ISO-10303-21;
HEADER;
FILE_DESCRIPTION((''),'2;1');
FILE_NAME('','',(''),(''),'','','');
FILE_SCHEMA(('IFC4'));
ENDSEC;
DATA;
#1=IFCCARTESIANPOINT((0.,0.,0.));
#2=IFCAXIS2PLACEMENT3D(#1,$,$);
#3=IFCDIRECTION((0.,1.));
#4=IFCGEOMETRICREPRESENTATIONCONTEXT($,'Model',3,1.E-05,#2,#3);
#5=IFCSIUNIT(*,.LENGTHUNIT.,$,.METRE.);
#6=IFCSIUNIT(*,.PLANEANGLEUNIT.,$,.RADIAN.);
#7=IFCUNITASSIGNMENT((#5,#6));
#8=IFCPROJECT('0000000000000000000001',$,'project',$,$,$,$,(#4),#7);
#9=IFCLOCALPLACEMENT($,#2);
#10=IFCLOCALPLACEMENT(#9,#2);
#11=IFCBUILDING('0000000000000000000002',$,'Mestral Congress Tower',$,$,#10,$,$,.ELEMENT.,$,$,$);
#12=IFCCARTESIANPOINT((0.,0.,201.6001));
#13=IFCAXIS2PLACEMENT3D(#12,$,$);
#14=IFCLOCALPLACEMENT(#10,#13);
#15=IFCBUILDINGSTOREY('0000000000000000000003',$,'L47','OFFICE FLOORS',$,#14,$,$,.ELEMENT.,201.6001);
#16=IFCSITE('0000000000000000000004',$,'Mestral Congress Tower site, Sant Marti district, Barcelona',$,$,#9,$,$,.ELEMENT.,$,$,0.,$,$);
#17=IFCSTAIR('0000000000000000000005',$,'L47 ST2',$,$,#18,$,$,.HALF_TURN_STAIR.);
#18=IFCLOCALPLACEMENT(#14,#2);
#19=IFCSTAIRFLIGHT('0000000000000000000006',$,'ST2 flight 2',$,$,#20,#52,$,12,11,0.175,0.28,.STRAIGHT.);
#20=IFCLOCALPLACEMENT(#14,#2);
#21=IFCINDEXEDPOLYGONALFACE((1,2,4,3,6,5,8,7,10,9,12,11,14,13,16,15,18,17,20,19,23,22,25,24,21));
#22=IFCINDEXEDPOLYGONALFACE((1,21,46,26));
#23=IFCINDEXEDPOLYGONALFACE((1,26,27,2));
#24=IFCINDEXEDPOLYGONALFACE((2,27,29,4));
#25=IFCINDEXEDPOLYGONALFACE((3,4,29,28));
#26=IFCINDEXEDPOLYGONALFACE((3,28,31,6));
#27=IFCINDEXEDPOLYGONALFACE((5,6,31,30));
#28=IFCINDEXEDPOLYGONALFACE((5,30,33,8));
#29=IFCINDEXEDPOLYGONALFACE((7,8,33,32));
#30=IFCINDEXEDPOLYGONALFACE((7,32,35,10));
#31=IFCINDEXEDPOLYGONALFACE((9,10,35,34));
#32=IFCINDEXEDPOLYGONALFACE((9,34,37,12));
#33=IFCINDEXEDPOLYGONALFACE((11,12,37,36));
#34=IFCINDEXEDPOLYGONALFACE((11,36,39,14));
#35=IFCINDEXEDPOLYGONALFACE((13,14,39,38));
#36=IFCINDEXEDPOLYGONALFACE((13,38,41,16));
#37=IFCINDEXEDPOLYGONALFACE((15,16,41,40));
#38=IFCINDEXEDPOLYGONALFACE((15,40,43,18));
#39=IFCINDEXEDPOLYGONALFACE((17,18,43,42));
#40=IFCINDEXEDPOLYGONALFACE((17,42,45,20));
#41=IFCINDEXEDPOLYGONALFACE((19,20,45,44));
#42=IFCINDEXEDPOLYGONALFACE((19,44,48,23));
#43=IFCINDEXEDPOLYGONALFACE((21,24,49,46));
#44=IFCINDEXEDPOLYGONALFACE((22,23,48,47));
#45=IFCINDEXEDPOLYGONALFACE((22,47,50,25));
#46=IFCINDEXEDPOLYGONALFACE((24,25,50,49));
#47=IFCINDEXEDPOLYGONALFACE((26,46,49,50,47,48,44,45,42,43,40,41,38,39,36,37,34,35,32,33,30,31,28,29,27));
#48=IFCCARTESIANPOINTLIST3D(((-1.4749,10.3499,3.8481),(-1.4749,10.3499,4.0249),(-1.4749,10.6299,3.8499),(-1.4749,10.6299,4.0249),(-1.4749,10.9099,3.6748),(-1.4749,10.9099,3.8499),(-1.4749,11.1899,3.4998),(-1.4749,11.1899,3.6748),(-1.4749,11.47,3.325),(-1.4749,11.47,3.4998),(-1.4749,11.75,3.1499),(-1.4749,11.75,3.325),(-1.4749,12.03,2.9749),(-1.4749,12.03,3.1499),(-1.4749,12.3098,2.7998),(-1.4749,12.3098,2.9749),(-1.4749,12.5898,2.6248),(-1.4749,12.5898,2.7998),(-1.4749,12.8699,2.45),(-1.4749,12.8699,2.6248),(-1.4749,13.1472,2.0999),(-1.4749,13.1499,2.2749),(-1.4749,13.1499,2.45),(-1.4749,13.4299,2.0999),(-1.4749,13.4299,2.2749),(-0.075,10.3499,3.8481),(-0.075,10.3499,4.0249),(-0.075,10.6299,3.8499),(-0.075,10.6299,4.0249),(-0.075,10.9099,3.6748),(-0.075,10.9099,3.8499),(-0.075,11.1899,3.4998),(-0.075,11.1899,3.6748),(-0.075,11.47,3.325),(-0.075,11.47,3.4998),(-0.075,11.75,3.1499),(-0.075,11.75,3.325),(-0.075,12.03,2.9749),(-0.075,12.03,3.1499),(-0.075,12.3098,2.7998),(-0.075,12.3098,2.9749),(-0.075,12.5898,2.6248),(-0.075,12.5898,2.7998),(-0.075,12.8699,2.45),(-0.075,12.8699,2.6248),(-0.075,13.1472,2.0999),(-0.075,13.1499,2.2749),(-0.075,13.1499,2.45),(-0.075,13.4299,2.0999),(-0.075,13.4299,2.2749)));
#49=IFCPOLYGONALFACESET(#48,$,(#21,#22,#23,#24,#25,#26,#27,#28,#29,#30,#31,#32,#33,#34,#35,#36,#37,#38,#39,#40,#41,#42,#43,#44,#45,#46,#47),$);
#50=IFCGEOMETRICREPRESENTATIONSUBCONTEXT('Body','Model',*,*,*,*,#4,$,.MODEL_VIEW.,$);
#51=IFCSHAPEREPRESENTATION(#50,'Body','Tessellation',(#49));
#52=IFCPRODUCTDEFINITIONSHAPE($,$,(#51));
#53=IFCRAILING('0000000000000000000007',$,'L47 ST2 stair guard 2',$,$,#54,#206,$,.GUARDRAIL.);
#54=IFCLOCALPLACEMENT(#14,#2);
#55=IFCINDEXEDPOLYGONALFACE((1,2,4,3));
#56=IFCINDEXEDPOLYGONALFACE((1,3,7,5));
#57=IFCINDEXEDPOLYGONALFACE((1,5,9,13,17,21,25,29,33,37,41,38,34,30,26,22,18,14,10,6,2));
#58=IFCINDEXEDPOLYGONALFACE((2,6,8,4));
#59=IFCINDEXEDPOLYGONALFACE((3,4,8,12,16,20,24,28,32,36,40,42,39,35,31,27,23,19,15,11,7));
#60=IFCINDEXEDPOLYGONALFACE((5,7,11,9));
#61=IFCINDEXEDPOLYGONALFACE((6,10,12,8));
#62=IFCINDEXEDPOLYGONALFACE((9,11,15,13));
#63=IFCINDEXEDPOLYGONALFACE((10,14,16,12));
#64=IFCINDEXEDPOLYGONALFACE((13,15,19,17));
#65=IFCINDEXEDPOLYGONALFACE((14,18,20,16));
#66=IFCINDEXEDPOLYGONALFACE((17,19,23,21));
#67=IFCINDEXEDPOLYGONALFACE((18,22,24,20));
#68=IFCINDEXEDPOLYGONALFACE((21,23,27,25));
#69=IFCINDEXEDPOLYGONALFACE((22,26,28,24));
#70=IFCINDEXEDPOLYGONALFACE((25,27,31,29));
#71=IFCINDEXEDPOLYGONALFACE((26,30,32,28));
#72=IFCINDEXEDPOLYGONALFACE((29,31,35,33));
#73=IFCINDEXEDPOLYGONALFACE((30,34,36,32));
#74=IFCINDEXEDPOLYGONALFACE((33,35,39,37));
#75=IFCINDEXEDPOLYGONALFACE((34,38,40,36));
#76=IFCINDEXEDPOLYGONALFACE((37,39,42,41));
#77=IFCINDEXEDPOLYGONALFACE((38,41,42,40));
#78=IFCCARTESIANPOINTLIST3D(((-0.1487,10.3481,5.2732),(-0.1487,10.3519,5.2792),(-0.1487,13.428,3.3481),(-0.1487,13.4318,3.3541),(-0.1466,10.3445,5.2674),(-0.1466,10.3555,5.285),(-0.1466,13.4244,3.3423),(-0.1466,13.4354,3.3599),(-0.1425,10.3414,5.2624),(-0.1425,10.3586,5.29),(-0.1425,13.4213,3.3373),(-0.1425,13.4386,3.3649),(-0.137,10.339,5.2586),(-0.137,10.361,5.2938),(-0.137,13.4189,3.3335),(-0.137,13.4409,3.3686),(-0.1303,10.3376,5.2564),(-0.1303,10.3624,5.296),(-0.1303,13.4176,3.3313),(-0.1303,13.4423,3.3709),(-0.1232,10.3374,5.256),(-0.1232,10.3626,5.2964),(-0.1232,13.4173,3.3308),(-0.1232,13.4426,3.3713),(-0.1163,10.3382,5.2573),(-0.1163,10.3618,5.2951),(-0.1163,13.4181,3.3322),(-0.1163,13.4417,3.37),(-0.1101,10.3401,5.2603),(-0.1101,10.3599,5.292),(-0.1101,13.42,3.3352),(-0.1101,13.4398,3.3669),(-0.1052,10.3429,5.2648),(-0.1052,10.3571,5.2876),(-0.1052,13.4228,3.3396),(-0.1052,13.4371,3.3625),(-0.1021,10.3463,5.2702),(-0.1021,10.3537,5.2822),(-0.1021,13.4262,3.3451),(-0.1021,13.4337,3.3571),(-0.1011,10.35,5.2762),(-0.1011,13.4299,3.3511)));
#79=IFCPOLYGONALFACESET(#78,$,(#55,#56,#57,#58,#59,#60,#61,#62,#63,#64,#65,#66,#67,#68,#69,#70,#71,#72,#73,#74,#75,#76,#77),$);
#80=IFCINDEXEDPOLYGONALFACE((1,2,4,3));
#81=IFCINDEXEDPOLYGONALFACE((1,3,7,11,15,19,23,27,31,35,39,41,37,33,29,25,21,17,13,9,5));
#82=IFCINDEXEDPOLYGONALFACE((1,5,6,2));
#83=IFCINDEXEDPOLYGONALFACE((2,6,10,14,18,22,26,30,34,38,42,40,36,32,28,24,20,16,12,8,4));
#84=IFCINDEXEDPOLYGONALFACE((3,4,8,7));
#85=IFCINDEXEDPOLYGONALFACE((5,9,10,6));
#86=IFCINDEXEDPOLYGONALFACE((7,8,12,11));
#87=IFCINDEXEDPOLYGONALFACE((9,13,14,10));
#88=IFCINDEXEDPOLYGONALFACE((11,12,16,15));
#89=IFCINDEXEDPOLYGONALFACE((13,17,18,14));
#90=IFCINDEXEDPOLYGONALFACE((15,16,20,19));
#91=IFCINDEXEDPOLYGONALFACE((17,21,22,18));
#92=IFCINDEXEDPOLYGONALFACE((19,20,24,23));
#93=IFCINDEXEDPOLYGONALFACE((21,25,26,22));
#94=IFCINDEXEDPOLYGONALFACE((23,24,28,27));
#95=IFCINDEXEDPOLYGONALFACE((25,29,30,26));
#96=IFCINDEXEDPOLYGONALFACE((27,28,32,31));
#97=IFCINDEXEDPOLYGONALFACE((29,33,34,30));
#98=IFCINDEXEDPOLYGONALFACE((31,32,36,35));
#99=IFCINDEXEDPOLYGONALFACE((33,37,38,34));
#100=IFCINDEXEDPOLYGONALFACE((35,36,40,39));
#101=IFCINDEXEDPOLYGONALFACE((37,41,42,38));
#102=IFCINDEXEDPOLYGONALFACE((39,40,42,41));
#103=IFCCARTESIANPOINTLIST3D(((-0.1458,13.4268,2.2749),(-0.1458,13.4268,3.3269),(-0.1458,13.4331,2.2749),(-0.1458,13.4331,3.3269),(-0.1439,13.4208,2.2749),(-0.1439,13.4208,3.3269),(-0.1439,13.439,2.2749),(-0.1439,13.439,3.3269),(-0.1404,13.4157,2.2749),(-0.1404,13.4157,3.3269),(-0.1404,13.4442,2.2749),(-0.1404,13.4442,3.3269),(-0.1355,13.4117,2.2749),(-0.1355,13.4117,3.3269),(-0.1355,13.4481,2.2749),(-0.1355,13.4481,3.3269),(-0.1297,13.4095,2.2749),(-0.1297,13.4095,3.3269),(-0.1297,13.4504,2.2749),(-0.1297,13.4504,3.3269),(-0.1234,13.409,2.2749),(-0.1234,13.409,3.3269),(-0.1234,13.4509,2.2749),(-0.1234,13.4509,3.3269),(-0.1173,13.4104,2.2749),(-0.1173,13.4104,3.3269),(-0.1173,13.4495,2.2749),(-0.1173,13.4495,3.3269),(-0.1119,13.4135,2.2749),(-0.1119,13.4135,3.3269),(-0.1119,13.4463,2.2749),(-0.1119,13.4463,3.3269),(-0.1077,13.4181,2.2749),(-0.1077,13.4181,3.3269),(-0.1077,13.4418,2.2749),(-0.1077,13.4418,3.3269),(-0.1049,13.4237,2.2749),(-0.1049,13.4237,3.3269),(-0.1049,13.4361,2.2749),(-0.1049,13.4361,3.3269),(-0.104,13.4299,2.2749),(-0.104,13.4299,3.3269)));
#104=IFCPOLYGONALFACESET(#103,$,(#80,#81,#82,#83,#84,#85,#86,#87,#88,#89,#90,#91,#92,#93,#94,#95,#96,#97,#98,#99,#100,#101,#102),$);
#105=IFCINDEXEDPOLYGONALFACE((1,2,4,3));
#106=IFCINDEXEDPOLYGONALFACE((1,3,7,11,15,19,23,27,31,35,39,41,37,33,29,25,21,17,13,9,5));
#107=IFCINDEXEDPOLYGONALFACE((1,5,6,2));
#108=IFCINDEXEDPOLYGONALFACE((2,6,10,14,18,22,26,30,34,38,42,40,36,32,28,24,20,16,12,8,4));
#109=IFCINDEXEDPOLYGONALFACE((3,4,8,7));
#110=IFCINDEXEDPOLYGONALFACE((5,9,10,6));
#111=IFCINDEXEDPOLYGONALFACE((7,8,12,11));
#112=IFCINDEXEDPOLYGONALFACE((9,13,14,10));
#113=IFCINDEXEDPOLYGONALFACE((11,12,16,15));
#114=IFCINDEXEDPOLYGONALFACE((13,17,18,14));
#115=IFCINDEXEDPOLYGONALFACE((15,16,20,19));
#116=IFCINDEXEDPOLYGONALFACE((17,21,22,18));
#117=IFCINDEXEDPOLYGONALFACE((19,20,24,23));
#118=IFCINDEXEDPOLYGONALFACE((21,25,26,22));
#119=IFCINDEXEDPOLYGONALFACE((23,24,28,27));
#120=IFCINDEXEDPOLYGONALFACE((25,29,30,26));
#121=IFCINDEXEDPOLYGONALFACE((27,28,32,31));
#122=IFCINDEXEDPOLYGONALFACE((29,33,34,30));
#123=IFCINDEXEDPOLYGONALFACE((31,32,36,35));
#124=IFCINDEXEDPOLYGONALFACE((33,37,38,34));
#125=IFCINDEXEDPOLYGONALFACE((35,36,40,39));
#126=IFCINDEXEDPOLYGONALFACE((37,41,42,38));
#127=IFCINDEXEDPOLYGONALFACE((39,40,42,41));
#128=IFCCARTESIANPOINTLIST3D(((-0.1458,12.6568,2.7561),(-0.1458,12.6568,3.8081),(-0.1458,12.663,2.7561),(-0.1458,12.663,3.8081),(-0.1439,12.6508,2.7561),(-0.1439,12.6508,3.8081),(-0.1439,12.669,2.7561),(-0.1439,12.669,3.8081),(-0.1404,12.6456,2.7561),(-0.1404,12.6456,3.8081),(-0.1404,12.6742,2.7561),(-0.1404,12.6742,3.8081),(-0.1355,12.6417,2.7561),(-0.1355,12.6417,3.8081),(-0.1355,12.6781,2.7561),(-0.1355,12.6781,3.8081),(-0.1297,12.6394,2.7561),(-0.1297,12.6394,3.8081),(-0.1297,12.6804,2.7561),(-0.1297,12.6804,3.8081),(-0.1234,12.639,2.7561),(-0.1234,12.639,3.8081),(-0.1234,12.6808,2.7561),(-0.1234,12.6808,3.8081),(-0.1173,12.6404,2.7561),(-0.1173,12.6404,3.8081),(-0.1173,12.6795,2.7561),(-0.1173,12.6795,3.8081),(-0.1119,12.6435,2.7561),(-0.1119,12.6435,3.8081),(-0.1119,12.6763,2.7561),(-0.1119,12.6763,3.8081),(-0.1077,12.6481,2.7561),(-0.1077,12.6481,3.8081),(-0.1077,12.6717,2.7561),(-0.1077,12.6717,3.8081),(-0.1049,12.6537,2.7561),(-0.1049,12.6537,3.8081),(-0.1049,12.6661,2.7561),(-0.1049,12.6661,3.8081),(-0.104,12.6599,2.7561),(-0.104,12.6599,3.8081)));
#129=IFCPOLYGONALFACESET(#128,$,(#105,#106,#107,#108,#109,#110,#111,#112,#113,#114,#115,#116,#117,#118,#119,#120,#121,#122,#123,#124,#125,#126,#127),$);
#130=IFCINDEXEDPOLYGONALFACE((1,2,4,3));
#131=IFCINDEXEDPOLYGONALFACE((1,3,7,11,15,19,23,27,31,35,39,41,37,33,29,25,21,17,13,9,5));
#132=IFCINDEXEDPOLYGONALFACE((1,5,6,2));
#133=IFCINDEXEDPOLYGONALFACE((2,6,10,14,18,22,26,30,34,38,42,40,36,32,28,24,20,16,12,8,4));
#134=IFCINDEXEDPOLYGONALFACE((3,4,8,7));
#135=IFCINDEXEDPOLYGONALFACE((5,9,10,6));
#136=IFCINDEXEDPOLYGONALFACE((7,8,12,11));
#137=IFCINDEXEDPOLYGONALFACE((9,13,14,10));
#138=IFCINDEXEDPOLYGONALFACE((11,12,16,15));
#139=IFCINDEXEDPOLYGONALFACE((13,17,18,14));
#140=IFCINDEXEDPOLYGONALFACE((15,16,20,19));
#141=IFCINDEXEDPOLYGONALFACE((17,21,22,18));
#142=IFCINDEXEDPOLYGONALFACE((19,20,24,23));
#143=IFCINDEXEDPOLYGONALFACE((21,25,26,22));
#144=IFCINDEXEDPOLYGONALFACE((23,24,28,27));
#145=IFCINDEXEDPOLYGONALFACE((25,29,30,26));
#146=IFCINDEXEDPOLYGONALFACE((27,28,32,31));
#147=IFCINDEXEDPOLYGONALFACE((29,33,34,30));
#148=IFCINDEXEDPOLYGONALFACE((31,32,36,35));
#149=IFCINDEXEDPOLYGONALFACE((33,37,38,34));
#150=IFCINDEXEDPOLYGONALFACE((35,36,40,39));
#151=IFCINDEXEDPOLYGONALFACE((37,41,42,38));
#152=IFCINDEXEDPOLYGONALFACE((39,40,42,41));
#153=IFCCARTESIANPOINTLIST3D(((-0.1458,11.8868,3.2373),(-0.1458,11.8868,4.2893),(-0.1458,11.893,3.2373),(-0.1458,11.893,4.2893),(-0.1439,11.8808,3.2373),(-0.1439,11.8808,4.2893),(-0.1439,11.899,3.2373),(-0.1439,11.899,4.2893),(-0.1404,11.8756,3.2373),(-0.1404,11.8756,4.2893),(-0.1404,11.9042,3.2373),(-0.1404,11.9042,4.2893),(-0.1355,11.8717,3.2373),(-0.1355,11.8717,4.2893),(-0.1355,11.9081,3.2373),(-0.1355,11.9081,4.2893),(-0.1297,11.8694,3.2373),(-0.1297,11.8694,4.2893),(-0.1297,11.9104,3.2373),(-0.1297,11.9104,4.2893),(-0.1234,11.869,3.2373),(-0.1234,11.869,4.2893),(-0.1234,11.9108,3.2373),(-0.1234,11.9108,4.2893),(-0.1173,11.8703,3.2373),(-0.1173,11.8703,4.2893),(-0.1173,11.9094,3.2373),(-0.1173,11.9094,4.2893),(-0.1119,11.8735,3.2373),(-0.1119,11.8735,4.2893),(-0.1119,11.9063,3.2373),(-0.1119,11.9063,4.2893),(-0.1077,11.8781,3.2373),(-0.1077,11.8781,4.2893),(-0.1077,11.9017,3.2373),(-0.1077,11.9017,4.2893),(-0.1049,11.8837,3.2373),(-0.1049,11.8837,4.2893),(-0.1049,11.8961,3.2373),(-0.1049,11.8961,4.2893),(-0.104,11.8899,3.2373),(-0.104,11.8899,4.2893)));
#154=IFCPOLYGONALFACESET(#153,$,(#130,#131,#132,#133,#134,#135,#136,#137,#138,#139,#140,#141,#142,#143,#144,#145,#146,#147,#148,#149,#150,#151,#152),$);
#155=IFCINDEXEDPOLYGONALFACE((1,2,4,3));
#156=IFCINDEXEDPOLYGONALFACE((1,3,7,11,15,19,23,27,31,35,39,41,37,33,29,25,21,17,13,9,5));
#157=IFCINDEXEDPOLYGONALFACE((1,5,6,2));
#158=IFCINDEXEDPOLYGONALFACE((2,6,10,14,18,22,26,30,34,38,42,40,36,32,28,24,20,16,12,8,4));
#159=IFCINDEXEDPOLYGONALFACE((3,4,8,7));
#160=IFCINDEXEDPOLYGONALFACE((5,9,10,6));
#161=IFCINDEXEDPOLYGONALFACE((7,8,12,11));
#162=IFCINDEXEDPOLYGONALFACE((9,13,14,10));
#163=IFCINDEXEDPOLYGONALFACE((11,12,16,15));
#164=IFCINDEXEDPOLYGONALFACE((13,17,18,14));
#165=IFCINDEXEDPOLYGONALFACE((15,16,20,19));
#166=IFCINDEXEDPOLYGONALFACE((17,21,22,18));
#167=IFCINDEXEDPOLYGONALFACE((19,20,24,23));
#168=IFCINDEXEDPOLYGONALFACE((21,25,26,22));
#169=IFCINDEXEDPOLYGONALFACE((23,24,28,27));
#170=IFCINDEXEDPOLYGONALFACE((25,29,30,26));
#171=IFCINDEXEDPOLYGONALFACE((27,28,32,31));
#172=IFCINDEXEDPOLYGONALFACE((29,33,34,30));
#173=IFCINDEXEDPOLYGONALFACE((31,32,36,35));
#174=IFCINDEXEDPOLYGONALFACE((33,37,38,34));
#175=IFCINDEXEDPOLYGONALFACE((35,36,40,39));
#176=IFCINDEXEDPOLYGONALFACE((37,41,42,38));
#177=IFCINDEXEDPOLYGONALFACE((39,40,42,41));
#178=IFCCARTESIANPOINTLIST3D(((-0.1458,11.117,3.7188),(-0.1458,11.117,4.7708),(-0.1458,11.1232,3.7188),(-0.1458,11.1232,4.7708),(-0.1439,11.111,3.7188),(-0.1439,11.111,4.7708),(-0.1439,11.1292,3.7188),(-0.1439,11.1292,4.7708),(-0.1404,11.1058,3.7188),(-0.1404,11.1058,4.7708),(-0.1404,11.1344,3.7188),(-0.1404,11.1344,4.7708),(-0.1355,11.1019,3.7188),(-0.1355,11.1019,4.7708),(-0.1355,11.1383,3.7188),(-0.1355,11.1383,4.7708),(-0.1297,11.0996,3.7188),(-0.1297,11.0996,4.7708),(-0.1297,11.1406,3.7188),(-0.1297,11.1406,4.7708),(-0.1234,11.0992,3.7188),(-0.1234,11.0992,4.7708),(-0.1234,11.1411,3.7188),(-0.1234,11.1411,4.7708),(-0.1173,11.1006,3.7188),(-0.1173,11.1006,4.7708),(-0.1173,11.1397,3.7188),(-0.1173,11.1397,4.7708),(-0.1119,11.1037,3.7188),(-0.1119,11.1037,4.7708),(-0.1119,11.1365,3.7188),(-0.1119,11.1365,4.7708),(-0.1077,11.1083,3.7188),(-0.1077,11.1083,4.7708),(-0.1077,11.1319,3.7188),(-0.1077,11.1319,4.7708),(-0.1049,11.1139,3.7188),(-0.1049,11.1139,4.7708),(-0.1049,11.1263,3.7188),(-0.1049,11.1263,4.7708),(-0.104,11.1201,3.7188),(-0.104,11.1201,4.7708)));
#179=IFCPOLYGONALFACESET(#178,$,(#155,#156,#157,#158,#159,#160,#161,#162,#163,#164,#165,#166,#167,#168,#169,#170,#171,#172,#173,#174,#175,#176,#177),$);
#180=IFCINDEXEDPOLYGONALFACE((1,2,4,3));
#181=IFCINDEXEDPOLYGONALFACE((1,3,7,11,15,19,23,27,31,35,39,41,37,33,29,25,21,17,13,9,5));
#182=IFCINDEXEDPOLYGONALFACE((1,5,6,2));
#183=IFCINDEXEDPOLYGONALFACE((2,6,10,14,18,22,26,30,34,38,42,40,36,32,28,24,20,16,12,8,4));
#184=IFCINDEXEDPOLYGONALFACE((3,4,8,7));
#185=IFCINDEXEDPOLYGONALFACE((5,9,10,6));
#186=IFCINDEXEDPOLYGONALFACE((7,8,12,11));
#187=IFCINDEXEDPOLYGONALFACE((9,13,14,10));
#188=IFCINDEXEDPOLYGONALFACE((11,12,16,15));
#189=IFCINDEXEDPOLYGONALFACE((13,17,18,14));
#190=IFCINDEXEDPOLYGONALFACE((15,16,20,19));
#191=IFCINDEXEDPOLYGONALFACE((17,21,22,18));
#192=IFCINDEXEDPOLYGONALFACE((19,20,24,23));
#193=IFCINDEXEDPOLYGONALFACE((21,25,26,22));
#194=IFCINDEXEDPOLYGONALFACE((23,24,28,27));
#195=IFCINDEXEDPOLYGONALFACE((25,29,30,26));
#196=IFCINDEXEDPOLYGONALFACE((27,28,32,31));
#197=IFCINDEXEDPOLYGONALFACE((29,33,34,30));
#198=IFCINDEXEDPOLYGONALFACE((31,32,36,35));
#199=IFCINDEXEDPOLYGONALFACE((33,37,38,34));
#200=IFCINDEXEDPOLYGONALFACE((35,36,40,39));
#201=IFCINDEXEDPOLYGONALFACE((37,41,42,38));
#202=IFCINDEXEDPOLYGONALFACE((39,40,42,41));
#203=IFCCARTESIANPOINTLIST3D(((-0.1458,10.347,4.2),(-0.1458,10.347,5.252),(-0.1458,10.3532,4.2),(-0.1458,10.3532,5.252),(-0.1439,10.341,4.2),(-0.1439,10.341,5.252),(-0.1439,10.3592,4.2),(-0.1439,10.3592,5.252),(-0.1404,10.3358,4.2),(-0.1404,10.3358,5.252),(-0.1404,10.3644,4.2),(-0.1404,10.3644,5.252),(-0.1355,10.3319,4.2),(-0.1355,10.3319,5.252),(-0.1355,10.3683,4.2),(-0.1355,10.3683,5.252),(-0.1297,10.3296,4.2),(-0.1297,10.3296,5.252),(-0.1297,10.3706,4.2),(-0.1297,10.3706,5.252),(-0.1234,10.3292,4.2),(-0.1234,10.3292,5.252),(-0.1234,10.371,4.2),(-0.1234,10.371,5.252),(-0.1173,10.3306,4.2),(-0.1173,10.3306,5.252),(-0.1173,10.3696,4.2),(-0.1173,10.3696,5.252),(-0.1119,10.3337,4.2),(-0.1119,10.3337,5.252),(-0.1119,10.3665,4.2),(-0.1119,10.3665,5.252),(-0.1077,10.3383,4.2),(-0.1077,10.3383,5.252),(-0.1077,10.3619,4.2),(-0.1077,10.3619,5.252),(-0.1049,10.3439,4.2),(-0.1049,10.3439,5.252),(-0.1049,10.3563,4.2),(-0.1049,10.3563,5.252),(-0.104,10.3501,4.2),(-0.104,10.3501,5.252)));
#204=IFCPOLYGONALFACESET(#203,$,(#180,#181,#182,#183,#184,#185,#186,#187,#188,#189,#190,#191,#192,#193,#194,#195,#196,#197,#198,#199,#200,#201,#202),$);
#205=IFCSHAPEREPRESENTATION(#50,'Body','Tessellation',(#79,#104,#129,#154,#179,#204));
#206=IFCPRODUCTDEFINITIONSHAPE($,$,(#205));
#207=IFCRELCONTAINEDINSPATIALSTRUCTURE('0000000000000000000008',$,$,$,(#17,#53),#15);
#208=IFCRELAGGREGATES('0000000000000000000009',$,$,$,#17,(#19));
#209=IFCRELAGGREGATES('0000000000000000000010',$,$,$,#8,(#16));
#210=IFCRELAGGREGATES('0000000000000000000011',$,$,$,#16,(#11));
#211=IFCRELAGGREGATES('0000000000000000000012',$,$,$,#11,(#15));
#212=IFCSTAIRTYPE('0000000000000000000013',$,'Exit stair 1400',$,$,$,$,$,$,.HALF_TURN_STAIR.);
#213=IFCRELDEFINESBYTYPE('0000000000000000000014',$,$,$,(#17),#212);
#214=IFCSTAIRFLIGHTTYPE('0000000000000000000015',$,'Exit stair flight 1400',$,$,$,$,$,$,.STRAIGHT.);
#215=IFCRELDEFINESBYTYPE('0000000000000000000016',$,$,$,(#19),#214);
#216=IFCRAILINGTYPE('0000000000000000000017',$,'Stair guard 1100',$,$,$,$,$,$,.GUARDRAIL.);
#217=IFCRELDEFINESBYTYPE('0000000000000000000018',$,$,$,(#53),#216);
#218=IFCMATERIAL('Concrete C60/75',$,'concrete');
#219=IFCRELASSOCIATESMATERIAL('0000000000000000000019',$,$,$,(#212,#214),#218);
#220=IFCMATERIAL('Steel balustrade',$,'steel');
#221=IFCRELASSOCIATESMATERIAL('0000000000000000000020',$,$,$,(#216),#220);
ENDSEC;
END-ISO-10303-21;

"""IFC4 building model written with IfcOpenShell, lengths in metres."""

from ifc_helpers import new_model, si_unit, direction, frame, origin, origin_2d, place, context, subcontext, project, spatial, polyline, circle, outline, extrude, material, type_object, element, aggregate, save


model = new_model("IFC4")

# Units and contexts
model_context = context("Model", 3, precision=1e-05, world=origin(), true_north=direction((0.0, 1.0)))
body_context = subcontext(model_context, "Body", "Model", "MODEL_VIEW")
ifc_project = project(units=[si_unit("LENGTHUNIT", "METRE"), si_unit("PLANEANGLEUNIT", "RADIAN")], contexts=[model_context])

# Site, building, storey
site_placement = place(None, origin())
site = spatial("IfcSite", under=ifc_project, at=site_placement, Name="Mestral Congress Tower site, Sant Marti district, Barcelona", CompositionType="ELEMENT", RefElevation=0.0)
building_placement = place(site_placement, origin())
building = spatial("IfcBuilding", under=site, at=building_placement, Name="Mestral Congress Tower", CompositionType="ELEMENT")
storey_placement = place(building_placement, frame((0.0, 0.0, 201.6001)))
storey = spatial("IfcBuildingStorey", under=building, at=storey_placement, Name="L47", Description="OFFICE FLOORS", CompositionType="ELEMENT", Elevation=201.6001)

# Shared definitions
ifc_material_1 = material(Name="Concrete C60/75", Category="concrete")

# Stair, stair flight
stair_type = type_object("IfcStairType", Name="Exit stair 1400", PredefinedType="HALF_TURN_STAIR", material=ifc_material_1)
stair_placement = place(storey_placement, origin())
stair = element("IfcStair", 1, at=stair_placement, inside=storey, type_object=stair_type, Name="L47 ST2", PredefinedType="HALF_TURN_STAIR")
stair_flight_type = type_object("IfcStairFlightType", Name="Exit stair flight 1400", PredefinedType="STRAIGHT", material=ifc_material_1)
stair_flight_placement = place(storey_placement, frame((-0.7749, 13.4299, 2.0999), z_axis=(0.0, 0.0, 1.0), x_axis=(0.0, -1.0, 0.0)))
stair_flight = element("IfcStairFlight", 2, at=stair_flight_placement, type_object=stair_flight_type, Name="ST2 flight 2", NumberOfRisers=12, NumberOfTreads=11, PredefinedType="STRAIGHT", RiserHeight=0.175, TreadLength=0.28, context=body_context, shape_type="SweptSolid", body=[
    extrude(outline(polyline([(0.0, 0.0), (0.0, 0.175), (0.28, 0.175), (0.28, 0.3501), (0.5601, 0.3501), (0.5601, 0.5249), (0.8401, 0.5249), (0.8401, 0.7), (1.1201, 0.7), (1.1201, 0.875), (1.3999, 0.875), (1.3999, 1.05), (1.6799, 1.05), (1.6799, 1.2251), (1.96, 1.2251), (1.96, 1.3999), (2.24, 1.3999), (2.24, 1.575), (2.52, 1.575), (2.52, 1.75), (2.8, 1.75), (2.8, 1.925), (3.0801, 1.925), (3.0801, 2.1001), (3.0801, 1.7483), (0.2827, 0.0), (0.0, 0.0)])), frame((0.0, 0.7, 0.0), z_axis=(0.0, -1.0, 0.0), x_axis=(1.0, 0.0, 0.0)), (0.0, 0.0, 1.0), 1.3999),
])
aggregate(stair, [stair_flight])

# Railing
ifc_material_2 = material(Name="Steel balustrade", Category="steel")
railing_type = type_object("IfcRailingType", Name="Stair guard 1100", PredefinedType="GUARDRAIL", material=ifc_material_2)
railing_placement = place(storey_placement, frame((-0.125, 13.4299, 2.2749)))
element("IfcRailing", 3, at=railing_placement, inside=storey, type_object=railing_type, Name="L47 ST2 stair guard 2", PredefinedType="GUARDRAIL", context=body_context, shape_type="SweptSolid", body=[
    extrude(circle(Radius=0.0239, at=origin_2d()), frame((0.0, 0.0, 1.0762), z_axis=(0.0, -0.847979, 0.530029), x_axis=(1.0, 0.0, 0.0)), (0.0, 0.0, 1.0), 3.6321),
    extrude(circle(Radius=0.021, at=origin_2d()), origin(), (0.0, 0.0, 1.0), 1.052),
    extrude(circle(Radius=0.021, at=origin_2d()), frame((0.0, -0.77, 0.4812)), (0.0, 0.0, 1.0), 1.052),
    extrude(circle(Radius=0.021, at=origin_2d()), frame((0.0, -1.54, 0.9624)), (0.0, 0.0, 1.0), 1.052),
    extrude(circle(Radius=0.021, at=origin_2d()), frame((0.0, -2.3098, 1.4438)), (0.0, 0.0, 1.0), 1.052),
    extrude(circle(Radius=0.021, at=origin_2d()), frame((0.0, -3.0798, 1.925)), (0.0, 0.0, 1.0), 1.052),
])

save(model, "model.ifc")
